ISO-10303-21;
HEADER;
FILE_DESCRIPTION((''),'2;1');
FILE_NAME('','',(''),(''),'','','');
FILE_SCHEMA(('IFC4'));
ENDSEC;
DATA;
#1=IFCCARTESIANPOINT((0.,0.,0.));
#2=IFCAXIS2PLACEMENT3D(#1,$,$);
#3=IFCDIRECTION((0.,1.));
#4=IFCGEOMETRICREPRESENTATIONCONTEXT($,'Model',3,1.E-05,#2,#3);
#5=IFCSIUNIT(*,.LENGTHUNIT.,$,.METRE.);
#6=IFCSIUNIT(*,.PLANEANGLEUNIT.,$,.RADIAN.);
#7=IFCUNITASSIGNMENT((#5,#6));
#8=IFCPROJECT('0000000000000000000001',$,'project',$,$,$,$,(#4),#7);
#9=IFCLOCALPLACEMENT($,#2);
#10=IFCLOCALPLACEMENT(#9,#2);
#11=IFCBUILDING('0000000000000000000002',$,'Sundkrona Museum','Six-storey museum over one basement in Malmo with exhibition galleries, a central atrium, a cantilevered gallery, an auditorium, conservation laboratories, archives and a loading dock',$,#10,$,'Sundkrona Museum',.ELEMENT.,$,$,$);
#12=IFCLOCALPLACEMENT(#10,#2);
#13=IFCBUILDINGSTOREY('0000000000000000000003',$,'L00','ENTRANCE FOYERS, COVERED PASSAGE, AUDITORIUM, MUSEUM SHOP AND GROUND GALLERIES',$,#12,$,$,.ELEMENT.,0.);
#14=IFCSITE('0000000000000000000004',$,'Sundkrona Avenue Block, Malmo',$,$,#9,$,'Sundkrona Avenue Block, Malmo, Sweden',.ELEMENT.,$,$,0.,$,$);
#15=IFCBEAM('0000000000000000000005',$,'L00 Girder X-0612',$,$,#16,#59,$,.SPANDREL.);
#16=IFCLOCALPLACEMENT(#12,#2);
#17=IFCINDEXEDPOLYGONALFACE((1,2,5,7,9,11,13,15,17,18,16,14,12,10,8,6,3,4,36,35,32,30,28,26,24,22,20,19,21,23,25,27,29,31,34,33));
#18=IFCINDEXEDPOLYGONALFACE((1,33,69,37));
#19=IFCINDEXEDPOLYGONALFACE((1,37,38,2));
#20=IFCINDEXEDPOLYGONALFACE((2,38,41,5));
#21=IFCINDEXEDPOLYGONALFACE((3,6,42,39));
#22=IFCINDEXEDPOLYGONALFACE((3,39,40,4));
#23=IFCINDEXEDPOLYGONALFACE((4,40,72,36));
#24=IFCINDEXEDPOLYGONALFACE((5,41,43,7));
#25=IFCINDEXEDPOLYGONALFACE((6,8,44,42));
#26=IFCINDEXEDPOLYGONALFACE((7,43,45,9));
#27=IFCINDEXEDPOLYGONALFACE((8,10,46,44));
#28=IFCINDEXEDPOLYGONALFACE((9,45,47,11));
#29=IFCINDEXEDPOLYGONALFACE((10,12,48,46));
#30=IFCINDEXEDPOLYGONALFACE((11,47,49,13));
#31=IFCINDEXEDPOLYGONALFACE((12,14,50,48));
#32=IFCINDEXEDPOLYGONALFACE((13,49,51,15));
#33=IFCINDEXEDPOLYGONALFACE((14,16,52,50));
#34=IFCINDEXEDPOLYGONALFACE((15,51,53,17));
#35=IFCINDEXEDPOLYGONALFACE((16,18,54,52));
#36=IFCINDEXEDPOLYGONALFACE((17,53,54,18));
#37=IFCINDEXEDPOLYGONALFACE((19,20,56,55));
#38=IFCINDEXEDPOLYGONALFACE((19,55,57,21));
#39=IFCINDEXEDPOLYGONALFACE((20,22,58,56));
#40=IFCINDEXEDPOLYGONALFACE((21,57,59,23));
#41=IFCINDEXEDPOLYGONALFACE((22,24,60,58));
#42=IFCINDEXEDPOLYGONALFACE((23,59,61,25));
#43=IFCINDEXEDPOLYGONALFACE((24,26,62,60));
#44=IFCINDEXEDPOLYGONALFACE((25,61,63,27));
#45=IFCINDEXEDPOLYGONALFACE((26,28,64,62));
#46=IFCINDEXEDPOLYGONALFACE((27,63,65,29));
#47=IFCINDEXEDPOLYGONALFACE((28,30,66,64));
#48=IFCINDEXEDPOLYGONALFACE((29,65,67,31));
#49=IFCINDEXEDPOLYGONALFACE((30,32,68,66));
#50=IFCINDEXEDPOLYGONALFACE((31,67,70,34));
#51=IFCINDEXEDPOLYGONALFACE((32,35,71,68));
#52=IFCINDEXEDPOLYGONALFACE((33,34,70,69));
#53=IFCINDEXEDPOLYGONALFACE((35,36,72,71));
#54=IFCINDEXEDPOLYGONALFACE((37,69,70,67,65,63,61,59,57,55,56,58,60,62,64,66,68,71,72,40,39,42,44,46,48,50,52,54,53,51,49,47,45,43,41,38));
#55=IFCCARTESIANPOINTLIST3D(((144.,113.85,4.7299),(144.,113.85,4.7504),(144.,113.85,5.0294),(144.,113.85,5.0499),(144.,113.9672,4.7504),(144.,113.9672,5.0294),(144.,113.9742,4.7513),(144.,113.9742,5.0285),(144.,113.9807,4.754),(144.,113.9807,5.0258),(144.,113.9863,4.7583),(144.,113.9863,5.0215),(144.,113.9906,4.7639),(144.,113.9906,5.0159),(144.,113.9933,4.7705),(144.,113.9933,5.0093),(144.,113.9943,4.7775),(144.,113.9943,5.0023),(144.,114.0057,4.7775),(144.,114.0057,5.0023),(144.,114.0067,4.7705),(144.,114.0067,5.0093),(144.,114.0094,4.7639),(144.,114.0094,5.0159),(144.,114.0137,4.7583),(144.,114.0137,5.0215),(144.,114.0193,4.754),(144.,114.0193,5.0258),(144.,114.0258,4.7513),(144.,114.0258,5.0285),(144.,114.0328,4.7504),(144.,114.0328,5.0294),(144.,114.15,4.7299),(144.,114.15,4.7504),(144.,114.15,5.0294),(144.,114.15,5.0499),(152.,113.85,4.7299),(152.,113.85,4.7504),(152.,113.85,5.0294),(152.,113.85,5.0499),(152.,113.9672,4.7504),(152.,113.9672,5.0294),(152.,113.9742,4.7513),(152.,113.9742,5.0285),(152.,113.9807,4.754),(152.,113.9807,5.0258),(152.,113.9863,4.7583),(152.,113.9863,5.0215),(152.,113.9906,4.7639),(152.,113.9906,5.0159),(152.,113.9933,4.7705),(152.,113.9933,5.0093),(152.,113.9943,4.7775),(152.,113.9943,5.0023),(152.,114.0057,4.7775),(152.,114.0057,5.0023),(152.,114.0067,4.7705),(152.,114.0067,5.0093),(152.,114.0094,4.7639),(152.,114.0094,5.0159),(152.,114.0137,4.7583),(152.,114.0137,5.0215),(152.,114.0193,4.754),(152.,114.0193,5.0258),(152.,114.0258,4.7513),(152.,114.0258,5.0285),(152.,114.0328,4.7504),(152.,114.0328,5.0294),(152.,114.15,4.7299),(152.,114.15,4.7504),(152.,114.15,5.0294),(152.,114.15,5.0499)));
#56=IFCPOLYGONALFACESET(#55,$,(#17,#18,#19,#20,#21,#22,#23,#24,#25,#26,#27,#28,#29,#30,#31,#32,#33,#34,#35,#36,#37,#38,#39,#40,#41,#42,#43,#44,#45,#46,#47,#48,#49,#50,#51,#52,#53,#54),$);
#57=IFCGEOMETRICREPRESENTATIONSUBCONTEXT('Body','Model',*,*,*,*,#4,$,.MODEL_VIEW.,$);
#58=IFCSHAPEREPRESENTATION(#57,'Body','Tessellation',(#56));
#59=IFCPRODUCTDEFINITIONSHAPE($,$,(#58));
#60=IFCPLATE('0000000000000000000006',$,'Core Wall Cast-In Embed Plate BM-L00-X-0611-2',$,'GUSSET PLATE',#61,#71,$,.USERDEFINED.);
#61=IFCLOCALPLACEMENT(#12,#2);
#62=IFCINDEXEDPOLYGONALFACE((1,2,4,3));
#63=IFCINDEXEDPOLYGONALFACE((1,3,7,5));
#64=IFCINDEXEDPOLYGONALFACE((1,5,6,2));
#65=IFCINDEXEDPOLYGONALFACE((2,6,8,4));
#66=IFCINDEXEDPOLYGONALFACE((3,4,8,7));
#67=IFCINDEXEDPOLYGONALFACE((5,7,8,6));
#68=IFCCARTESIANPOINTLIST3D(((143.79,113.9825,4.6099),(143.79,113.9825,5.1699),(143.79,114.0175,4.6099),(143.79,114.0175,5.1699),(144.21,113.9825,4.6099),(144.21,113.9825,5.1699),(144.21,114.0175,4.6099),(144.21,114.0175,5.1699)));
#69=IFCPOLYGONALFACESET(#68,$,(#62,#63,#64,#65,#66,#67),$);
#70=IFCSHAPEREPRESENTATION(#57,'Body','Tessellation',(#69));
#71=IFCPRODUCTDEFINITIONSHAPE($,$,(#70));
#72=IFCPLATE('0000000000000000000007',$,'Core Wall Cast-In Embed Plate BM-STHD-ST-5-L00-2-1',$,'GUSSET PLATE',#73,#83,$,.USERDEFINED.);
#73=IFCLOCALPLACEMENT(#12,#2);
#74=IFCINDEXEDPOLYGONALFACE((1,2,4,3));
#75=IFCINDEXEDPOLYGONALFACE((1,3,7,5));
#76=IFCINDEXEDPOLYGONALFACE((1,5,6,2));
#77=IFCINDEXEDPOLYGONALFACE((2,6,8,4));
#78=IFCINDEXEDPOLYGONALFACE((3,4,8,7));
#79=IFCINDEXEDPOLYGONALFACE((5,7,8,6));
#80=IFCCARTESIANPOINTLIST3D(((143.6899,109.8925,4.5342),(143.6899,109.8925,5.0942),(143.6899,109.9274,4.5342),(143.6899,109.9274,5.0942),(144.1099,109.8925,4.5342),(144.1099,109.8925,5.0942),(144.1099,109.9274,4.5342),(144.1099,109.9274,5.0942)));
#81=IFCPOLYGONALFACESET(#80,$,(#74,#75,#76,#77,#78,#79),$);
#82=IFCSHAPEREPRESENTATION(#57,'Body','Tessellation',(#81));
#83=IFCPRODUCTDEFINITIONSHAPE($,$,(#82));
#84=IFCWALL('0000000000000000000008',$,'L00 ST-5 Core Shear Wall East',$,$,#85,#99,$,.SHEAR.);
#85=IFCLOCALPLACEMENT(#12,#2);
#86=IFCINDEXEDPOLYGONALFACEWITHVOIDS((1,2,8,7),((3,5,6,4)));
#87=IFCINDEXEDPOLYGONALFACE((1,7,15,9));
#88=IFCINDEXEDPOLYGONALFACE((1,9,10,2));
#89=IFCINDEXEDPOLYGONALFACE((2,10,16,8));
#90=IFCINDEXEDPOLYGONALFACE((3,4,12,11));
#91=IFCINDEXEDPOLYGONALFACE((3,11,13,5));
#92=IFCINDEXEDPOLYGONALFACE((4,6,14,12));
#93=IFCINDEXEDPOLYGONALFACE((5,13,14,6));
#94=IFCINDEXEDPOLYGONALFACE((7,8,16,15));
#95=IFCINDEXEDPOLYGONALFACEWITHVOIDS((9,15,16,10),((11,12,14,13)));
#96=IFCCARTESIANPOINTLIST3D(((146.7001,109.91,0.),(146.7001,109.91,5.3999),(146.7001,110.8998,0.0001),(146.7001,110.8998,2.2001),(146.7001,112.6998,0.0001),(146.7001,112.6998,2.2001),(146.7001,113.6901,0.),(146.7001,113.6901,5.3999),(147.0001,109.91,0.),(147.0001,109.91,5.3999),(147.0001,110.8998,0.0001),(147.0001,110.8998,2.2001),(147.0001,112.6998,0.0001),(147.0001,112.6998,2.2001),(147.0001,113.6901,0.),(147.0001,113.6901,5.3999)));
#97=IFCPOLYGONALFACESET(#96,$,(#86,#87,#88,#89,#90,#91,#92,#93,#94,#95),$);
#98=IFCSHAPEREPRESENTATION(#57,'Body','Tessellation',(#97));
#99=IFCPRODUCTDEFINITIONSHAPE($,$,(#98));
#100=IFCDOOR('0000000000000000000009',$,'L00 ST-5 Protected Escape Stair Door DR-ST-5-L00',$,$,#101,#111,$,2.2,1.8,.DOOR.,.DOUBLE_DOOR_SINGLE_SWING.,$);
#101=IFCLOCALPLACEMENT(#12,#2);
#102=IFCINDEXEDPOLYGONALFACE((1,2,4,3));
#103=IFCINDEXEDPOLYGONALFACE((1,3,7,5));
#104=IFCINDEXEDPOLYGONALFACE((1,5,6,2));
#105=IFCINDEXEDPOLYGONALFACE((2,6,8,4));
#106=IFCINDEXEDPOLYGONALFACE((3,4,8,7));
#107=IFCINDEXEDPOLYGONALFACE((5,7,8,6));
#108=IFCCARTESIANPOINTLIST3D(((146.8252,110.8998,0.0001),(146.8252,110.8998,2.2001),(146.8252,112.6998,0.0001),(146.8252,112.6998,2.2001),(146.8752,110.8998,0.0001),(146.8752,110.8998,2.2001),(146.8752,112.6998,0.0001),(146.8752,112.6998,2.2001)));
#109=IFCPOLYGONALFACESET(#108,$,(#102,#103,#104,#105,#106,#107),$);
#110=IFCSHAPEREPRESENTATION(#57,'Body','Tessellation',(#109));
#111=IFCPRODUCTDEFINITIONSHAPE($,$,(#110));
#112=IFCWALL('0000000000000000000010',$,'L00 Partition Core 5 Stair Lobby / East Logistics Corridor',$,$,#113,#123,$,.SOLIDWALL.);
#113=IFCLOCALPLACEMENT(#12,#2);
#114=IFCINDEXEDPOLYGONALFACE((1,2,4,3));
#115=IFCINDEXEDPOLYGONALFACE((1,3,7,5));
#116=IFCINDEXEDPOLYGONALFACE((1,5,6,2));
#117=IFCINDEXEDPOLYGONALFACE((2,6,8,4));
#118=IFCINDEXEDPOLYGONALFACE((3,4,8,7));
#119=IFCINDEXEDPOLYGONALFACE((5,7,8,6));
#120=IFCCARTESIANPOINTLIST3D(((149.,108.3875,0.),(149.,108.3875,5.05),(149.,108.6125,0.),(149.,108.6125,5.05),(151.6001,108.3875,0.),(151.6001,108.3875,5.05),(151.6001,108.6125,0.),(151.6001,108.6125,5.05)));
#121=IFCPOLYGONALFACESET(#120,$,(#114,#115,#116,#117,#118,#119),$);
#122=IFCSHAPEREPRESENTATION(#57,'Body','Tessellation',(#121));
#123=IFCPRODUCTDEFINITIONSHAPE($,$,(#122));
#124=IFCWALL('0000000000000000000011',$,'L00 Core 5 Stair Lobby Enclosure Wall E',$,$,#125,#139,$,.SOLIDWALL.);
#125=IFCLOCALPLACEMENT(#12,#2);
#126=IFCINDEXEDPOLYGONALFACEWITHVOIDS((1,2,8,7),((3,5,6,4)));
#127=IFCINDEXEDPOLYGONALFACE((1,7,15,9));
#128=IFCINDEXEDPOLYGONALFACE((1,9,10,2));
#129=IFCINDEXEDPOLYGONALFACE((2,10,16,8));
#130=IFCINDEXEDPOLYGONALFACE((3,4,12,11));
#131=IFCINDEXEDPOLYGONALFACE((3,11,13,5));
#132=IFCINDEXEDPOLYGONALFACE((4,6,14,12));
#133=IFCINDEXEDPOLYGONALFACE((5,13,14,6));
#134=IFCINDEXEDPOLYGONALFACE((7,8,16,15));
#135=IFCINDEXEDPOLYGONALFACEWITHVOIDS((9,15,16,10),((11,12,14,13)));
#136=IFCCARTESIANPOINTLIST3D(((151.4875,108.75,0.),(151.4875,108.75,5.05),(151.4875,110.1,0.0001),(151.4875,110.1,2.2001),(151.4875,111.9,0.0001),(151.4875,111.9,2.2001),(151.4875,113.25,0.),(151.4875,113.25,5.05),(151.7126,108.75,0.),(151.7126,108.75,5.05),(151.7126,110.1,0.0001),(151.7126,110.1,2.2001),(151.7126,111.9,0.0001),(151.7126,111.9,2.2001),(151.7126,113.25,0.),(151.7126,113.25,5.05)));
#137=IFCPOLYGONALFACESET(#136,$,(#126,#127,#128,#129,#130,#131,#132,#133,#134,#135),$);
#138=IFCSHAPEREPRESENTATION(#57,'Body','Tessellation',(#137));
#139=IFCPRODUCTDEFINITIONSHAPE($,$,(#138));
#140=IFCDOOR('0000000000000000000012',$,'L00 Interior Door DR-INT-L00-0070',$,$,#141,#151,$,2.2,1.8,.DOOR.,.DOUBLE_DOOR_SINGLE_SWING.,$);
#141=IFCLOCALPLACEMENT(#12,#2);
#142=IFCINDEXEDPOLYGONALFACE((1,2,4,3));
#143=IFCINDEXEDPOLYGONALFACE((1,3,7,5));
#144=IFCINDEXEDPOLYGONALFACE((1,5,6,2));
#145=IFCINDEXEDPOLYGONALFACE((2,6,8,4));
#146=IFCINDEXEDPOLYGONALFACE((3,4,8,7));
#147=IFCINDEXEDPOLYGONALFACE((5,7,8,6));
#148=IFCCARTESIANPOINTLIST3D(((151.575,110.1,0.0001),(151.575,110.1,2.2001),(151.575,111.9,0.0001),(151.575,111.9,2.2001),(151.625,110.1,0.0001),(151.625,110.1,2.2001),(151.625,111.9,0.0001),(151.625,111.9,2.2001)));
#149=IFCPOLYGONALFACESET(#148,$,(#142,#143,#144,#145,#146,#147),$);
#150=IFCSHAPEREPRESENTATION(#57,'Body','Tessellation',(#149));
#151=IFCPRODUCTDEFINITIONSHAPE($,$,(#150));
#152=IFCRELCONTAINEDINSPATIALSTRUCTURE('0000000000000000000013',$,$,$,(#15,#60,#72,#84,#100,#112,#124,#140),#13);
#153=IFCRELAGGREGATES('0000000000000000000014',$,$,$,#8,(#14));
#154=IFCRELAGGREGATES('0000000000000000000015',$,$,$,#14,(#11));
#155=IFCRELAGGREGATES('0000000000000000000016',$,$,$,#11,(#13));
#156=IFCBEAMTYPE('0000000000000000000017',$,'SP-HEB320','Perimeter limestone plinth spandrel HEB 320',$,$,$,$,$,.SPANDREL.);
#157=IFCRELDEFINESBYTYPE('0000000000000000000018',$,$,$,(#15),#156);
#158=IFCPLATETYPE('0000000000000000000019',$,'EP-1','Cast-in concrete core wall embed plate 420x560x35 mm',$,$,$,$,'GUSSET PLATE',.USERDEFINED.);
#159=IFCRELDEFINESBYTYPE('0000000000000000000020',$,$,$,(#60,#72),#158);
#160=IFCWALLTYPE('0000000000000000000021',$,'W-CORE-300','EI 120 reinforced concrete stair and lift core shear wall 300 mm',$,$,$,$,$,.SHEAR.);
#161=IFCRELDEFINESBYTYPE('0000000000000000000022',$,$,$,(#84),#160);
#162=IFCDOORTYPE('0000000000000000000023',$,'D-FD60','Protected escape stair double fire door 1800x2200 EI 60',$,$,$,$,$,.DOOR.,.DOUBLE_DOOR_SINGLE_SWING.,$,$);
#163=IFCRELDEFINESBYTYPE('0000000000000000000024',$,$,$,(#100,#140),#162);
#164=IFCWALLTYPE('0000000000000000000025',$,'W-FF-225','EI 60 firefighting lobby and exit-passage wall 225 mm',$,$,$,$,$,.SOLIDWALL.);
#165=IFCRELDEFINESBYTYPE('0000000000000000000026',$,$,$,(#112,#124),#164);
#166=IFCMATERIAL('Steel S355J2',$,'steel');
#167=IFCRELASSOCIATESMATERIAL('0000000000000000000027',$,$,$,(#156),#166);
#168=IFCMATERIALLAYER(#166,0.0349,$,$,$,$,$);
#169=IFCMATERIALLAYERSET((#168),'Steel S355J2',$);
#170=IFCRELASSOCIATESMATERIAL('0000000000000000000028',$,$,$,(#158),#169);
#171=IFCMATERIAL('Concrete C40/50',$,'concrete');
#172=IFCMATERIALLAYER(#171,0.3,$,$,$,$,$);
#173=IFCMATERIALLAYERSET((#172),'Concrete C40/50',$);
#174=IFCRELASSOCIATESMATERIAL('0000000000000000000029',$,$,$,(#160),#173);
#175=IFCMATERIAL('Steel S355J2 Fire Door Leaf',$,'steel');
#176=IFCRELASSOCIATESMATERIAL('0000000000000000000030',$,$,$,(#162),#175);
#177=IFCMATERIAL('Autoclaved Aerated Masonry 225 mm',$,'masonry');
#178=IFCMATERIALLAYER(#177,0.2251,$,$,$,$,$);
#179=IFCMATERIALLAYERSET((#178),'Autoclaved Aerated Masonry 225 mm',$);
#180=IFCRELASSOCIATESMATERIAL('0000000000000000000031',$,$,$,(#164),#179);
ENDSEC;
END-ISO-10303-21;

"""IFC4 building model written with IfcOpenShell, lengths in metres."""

from ifc_helpers import new_model, si_unit, direction, frame, frame_2d, origin, origin_2d, place, context, subcontext, project, spatial, rectangle, i_section, extrude, material, layer, layer_set, material_profile, profile_set, type_object, element, fill, save


model = new_model("IFC4")

# Units and contexts
model_context = context("Model", 3, precision=1e-05, world=origin(), true_north=direction((0.0, 1.0)))
body_context = subcontext(model_context, "Body", "Model", "MODEL_VIEW")
ifc_project = project(units=[si_unit("LENGTHUNIT", "METRE"), si_unit("PLANEANGLEUNIT", "RADIAN")], contexts=[model_context])

# Site, building, storey
site_placement = place(None, origin())
site = spatial("IfcSite", under=ifc_project, at=site_placement, Name="Sundkrona Avenue Block, Malmo", LongName="Sundkrona Avenue Block, Malmo, Sweden", CompositionType="ELEMENT", RefElevation=0.0)
building_placement = place(site_placement, origin())
building = spatial("IfcBuilding", under=site, at=building_placement, Name="Sundkrona Museum", Description="Six-storey museum over one basement in Malmo with exhibition galleries, a central atrium, a cantilevered gallery, an auditorium, conservation laboratories, archives and a loading dock", LongName="Sundkrona Museum", CompositionType="ELEMENT")
storey_placement = place(building_placement, origin())
storey = spatial("IfcBuildingStorey", under=building, at=storey_placement, Name="L00", Description="ENTRANCE FOYERS, COVERED PASSAGE, AUDITORIUM, MUSEUM SHOP AND GROUND GALLERIES", CompositionType="ELEMENT", Elevation=0.0)

# Shared definitions
ifc_material_1 = material(Name="Steel S355J2", Category="steel")

# Beam
ifc_material_profile_1 = material_profile(ifc_material_1, i_section(OverallWidth=0.3, OverallDepth=0.3201, WebThickness=0.0115, FlangeThickness=0.0205, FilletRadius=0.0271, at=origin_2d()), Name="HEB 320")
ifc_profile_set_1 = profile_set([ifc_material_profile_1], Name="Steel S355J2")
beam_type_1 = type_object("IfcBeamType", Name="SP-HEB320", Description="Perimeter limestone plinth spandrel HEB 320", PredefinedType="SPANDREL", material=ifc_profile_set_1)
beam_1_placement = place(storey_placement, frame((144.0, 114.0, 4.8899), z_axis=(1.0, 0.0, 0.0), x_axis=(0.0, 1.0, 0.0)))
element("IfcBeam", 1, at=beam_1_placement, inside=storey, type_object=beam_type_1, Name="L00 Girder X-0612", PredefinedType="SPANDREL", context=body_context, shape_type="SweptSolid", body=[
    extrude(i_section(OverallWidth=0.3, OverallDepth=0.3201, WebThickness=0.0115, FlangeThickness=0.0205, FilletRadius=0.0271, at=origin_2d()), origin(), (0.0, 0.0, 1.0), 8.0),
])

# Plates
ifc_layer_1 = layer(ifc_material_1, 0.0349)
ifc_layer_set_1 = layer_set([ifc_layer_1], Name="Steel S355J2")
plate_type = type_object("IfcPlateType", Name="EP-1", Description="Cast-in concrete core wall embed plate 420x560x35 mm", ElementType="GUSSET PLATE", PredefinedType="USERDEFINED", material=ifc_layer_set_1)
for number, where, z_axis, x_axis, name in (
    (2, (144.0, 114.0, 4.6099), (0.0, 0.0, 1.0), (1.0, 0.0, 0.0), "Core Wall Cast-In Embed Plate BM-L00-X-0611-2"),
    (3, (143.8999, 109.9099, 4.5342), (0.0, 0.0, 1.0), (1.0, 0.0, 0.0), "Core Wall Cast-In Embed Plate BM-STHD-ST-5-L00-2-1"),
):
    element("IfcPlate", number, at=place(storey_placement, frame(where, z_axis=z_axis, x_axis=x_axis)), inside=storey, type_object=plate_type, Name=name, ObjectType="GUSSET PLATE", PredefinedType="USERDEFINED", context=body_context, shape_type="SweptSolid", body=[
        extrude(rectangle(XDim=0.4199, YDim=0.0349, at=origin_2d()), origin(), (0.0, 0.0, 1.0), 0.5601),
    ])

# Wall, opening, door
ifc_material_2 = material(Name="Concrete C40/50", Category="concrete")
ifc_layer_2 = layer(ifc_material_2, 0.3)
ifc_layer_set_2 = layer_set([ifc_layer_2], Name="Concrete C40/50")
wall_type_1 = type_object("IfcWallType", Name="W-CORE-300", Description="EI 120 reinforced concrete stair and lift core shear wall 300 mm", PredefinedType="SHEAR", material=ifc_layer_set_2)
wall_1_placement = place(storey_placement, frame((146.8501, 109.9099, 0.0), z_axis=(0.0, 0.0, 1.0), x_axis=(0.0, 1.0, 0.0)))
wall_1 = element("IfcWall", 4, at=wall_1_placement, inside=storey, type_object=wall_type_1, Name="L00 ST-5 Core Shear Wall East", PredefinedType="SHEAR", context=body_context, shape_type="SweptSolid", body=[
    extrude(rectangle(XDim=3.78, YDim=0.3, at=frame_2d((1.8901, 0.0))), origin(), (0.0, 0.0, 1.0), 5.3999),
])
opening_1_placement = place(wall_1_placement, frame((0.99, 0.0, 0.0)))
opening_1 = element("IfcOpeningElement", 5, at=opening_1_placement, cuts=wall_1, PredefinedType="OPENING", context=body_context, shape_type="SweptSolid", body=[
    extrude(rectangle(XDim=1.8, YDim=2.2, at=frame_2d((0.8999, 1.1001))), frame((0.0, 0.1599, 0.0), z_axis=(0.0, -1.0, 0.0), x_axis=(1.0, 0.0, 0.0)), (0.0, 0.0, 1.0), 0.3201),
])
ifc_material_3 = material(Name="Steel S355J2 Fire Door Leaf", Category="steel")
door_type = type_object("IfcDoorType", Name="D-FD60", Description="Protected escape stair double fire door 1800x2200 EI 60", OperationType="DOUBLE_DOOR_SINGLE_SWING", PredefinedType="DOOR", material=ifc_material_3)
door_1_placement = place(opening_1_placement, origin())
door_1 = element("IfcDoor", 6, at=door_1_placement, inside=storey, type_object=door_type, Name="L00 ST-5 Protected Escape Stair Door DR-ST-5-L00", OperationType="DOUBLE_DOOR_SINGLE_SWING", OverallHeight=2.2, OverallWidth=1.8, PredefinedType="DOOR", context=body_context, shape_type="SweptSolid", body=[
    extrude(rectangle(XDim=1.8, YDim=2.2, at=frame_2d((0.8999, 1.1001))), frame((0.0, 0.0249, 0.0), z_axis=(0.0, -1.0, 0.0), x_axis=(1.0, 0.0, 0.0)), (0.0, 0.0, 1.0), 0.05),
])
fill(opening_1, door_1)

# Wall
ifc_material_4 = material(Name="Autoclaved Aerated Masonry 225 mm", Category="masonry")
ifc_layer_3 = layer(ifc_material_4, 0.2251)
ifc_layer_set_3 = layer_set([ifc_layer_3], Name="Autoclaved Aerated Masonry 225 mm")
wall_type_2 = type_object("IfcWallType", Name="W-FF-225", Description="EI 60 firefighting lobby and exit-passage wall 225 mm", PredefinedType="SOLIDWALL", material=ifc_layer_set_3)
wall_2_placement = place(storey_placement, frame((149.0, 108.5, 0.0), z_axis=(0.0, 0.0, 1.0), x_axis=(1.0, 0.0, 0.0)))
element("IfcWall", 7, at=wall_2_placement, inside=storey, type_object=wall_type_2, Name="L00 Partition Core 5 Stair Lobby / East Logistics Corridor", PredefinedType="SOLIDWALL", context=body_context, shape_type="SweptSolid", body=[
    extrude(rectangle(XDim=2.6001, YDim=0.2251, at=frame_2d((1.3, 0.0))), origin(), (0.0, 0.0, 1.0), 5.05),
])

# Wall, opening, door
wall_3_placement = place(storey_placement, frame((151.6001, 113.25, 0.0), z_axis=(0.0, 0.0, 1.0), x_axis=(0.0, -1.0, 0.0)))
wall_3 = element("IfcWall", 8, at=wall_3_placement, inside=storey, type_object=wall_type_2, Name="L00 Core 5 Stair Lobby Enclosure Wall E", PredefinedType="SOLIDWALL", context=body_context, shape_type="SweptSolid", body=[
    extrude(rectangle(XDim=4.5, YDim=0.2251, at=frame_2d((2.25, 0.0))), origin(), (0.0, 0.0, 1.0), 5.05),
])
opening_2_placement = place(wall_3_placement, frame((1.3501, 0.0, 0.0)))
opening_2 = element("IfcOpeningElement", 9, at=opening_2_placement, cuts=wall_3, PredefinedType="OPENING", context=body_context, shape_type="SweptSolid", body=[
    extrude(rectangle(XDim=1.8, YDim=2.2, at=frame_2d((0.8999, 1.1001))), frame((0.0, 0.1226, 0.0), z_axis=(0.0, -1.0, 0.0), x_axis=(1.0, 0.0, 0.0)), (0.0, 0.0, 1.0), 0.2451),
])
door_2_placement = place(opening_2_placement, origin())
door_2 = element("IfcDoor", 10, at=door_2_placement, inside=storey, type_object=door_type, Name="L00 Interior Door DR-INT-L00-0070", OperationType="DOUBLE_DOOR_SINGLE_SWING", OverallHeight=2.2, OverallWidth=1.8, PredefinedType="DOOR", context=body_context, shape_type="SweptSolid", body=[
    extrude(rectangle(XDim=1.8, YDim=2.2, at=frame_2d((0.8999, 1.1001))), frame((0.0, 0.0249, 0.0), z_axis=(0.0, -1.0, 0.0), x_axis=(1.0, 0.0, 0.0)), (0.0, 0.0, 1.0), 0.05),
])
fill(opening_2, door_2)

save(model, "model.ifc")
